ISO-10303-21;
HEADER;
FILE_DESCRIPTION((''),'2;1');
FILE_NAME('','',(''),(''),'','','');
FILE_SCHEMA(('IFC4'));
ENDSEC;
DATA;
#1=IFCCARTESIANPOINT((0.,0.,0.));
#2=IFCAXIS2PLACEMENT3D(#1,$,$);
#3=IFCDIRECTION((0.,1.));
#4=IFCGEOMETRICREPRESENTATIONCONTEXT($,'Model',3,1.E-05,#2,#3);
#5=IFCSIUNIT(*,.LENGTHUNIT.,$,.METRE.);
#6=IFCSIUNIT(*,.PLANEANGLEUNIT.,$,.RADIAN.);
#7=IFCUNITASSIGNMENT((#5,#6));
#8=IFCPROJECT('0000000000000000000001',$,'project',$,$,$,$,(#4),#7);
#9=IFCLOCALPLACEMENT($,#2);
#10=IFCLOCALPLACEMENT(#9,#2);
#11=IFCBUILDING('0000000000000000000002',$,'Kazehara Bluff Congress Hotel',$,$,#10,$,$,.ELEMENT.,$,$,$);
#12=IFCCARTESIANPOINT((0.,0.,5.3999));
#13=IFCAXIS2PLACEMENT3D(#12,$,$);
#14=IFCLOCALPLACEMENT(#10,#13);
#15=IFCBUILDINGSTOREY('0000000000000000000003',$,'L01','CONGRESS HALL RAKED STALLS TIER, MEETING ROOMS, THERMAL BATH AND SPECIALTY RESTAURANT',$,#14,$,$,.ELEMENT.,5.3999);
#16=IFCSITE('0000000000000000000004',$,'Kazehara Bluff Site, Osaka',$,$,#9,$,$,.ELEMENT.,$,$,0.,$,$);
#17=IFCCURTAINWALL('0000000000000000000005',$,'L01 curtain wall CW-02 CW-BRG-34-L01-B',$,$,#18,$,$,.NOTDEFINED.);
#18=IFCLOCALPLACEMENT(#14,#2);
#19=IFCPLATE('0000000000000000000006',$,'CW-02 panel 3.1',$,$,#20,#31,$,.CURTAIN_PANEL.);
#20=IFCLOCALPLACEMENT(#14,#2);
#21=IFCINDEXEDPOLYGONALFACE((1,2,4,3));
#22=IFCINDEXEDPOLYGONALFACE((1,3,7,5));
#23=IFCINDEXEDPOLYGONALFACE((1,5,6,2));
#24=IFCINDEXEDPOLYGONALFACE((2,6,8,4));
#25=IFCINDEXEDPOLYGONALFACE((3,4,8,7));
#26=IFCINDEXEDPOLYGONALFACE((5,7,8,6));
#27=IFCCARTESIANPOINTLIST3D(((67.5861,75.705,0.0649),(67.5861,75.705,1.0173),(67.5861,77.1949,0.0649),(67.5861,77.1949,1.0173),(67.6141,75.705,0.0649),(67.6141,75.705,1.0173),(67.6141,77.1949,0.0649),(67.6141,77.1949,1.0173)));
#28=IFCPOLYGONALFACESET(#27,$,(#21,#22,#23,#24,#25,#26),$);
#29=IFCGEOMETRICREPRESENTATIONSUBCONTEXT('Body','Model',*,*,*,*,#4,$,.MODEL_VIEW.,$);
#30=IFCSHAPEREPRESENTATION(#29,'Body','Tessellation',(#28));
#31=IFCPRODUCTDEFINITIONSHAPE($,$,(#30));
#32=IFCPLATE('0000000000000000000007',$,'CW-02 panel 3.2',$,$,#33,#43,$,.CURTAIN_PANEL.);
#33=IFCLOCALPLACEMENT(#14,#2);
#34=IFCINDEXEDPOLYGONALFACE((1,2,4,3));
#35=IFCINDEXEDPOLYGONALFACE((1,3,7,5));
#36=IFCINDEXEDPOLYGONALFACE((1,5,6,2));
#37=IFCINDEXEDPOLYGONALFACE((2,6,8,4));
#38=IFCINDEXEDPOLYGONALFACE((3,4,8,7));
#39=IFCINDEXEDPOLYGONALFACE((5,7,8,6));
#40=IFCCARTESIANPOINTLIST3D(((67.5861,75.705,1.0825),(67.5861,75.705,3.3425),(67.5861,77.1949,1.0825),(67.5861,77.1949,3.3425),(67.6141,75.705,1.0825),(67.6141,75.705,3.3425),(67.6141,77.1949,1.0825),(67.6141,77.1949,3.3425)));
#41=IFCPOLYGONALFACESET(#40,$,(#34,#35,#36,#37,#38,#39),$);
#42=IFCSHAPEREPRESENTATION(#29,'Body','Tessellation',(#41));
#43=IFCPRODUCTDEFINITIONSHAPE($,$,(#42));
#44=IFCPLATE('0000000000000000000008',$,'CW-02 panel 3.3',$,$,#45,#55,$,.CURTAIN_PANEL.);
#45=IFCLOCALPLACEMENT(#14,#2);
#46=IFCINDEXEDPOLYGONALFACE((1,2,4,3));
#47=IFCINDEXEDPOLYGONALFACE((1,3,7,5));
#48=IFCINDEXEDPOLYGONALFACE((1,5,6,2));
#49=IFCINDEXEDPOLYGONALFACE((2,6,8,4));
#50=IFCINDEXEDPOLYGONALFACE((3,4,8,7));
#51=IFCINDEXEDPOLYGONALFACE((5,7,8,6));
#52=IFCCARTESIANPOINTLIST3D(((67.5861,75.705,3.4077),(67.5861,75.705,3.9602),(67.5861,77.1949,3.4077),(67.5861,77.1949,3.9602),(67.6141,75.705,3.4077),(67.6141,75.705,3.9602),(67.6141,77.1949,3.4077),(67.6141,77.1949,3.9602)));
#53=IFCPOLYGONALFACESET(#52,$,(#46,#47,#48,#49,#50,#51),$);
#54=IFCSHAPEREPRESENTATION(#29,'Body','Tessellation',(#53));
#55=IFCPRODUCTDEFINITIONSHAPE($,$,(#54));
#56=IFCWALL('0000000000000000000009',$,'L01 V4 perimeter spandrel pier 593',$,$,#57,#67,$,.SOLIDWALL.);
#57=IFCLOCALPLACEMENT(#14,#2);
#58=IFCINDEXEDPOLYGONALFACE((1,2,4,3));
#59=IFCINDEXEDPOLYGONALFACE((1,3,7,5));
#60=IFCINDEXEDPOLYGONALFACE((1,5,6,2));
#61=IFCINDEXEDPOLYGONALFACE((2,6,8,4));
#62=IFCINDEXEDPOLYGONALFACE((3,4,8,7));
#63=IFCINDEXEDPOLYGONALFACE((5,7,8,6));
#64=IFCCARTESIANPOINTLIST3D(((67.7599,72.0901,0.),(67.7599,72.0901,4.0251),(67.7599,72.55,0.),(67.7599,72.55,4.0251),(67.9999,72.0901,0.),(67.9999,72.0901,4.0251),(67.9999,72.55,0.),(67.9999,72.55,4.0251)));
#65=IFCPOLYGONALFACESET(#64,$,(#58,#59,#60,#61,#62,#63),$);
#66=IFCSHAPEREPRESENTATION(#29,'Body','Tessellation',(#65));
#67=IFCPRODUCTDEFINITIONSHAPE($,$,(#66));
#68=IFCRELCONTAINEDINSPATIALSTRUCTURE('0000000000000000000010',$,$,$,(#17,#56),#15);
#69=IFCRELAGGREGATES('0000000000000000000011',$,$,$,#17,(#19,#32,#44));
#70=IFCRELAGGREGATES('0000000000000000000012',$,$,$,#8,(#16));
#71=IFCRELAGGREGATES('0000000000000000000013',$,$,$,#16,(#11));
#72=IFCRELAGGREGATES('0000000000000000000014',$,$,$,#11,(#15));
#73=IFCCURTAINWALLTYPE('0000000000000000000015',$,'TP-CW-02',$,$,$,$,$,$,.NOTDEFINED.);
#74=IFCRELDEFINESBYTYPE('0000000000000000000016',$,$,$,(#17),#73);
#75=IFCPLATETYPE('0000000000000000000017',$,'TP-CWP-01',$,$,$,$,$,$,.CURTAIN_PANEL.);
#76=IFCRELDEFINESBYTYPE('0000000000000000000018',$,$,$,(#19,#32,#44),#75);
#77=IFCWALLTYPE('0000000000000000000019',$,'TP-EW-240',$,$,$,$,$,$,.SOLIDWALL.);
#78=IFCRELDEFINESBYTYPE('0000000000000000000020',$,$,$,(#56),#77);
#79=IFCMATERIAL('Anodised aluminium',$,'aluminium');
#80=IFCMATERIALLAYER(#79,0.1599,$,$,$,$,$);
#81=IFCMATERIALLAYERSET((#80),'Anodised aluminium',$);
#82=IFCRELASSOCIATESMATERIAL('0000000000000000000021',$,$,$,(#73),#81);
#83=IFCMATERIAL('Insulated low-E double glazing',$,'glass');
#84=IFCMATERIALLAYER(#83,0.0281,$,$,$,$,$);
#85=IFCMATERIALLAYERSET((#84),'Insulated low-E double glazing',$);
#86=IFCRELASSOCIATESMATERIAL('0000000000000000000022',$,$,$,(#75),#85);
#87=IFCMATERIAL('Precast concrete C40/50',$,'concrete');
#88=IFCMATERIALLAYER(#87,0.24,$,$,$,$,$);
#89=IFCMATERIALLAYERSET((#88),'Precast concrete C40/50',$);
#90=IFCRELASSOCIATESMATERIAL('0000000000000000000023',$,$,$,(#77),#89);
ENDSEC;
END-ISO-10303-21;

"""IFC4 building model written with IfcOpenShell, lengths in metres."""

from ifc_helpers import new_model, si_unit, direction, frame, frame_2d, origin, origin_2d, place, context, subcontext, project, spatial, rectangle, extrude, material, layer, layer_set, type_object, element, aggregate, save


model = new_model("IFC4")

# Units and contexts
model_context = context("Model", 3, precision=1e-05, world=origin(), true_north=direction((0.0, 1.0)))
body_context = subcontext(model_context, "Body", "Model", "MODEL_VIEW")
ifc_project = project(units=[si_unit("LENGTHUNIT", "METRE"), si_unit("PLANEANGLEUNIT", "RADIAN")], contexts=[model_context])

# Site, building, storey
site_placement = place(None, origin())
site = spatial("IfcSite", under=ifc_project, at=site_placement, Name="Kazehara Bluff Site, Osaka", CompositionType="ELEMENT", RefElevation=0.0)
building_placement = place(site_placement, origin())
building = spatial("IfcBuilding", under=site, at=building_placement, Name="Kazehara Bluff Congress Hotel", CompositionType="ELEMENT")
storey_placement = place(building_placement, frame((0.0, 0.0, 5.3999)))
storey = spatial("IfcBuildingStorey", under=building, at=storey_placement, Name="L01", Description="CONGRESS HALL RAKED STALLS TIER, MEETING ROOMS, THERMAL BATH AND SPECIALTY RESTAURANT", CompositionType="ELEMENT", Elevation=5.3999)

# Curtain wall
ifc_material_1 = material(Name="Anodised aluminium", Category="aluminium")
ifc_layer_1 = layer(ifc_material_1, 0.1599)
ifc_layer_set_1 = layer_set([ifc_layer_1], Name="Anodised aluminium")
curtain_wall_type = type_object("IfcCurtainWallType", Name="TP-CW-02", PredefinedType="NOTDEFINED", material=ifc_layer_set_1)
curtain_wall_1_placement = place(storey_placement, origin())
curtain_wall_1 = element("IfcCurtainWall", 1, at=curtain_wall_1_placement, inside=storey, type_object=curtain_wall_type, Name="L01 curtain wall CW-02 CW-BRG-34-L01-B", PredefinedType="NOTDEFINED")

# Plates
ifc_material_2 = material(Name="Insulated low-E double glazing", Category="glass")
ifc_layer_2 = layer(ifc_material_2, 0.0281)
ifc_layer_set_2 = layer_set([ifc_layer_2], Name="Insulated low-E double glazing")
plate_type = type_object("IfcPlateType", Name="TP-CWP-01", PredefinedType="CURTAIN_PANEL", material=ifc_layer_set_2)
plate_1_placement = place(storey_placement, frame((67.6001, 76.45, 0.0649), z_axis=(0.0, 0.0, 1.0), x_axis=(0.0, 1.0, 0.0)))
plate_1 = element("IfcPlate", 2, at=plate_1_placement, type_object=plate_type, Name="CW-02 panel 3.1", PredefinedType="CURTAIN_PANEL", context=body_context, shape_type="SweptSolid", body=[
    extrude(rectangle(XDim=1.49, YDim=0.0281, at=origin_2d()), origin(), (0.0, 0.0, 1.0), 0.9524),
])
plate_2_placement = place(storey_placement, frame((67.6001, 76.45, 1.0825), z_axis=(0.0, 0.0, 1.0), x_axis=(0.0, 1.0, 0.0)))
plate_2 = element("IfcPlate", 3, at=plate_2_placement, type_object=plate_type, Name="CW-02 panel 3.2", PredefinedType="CURTAIN_PANEL", context=body_context, shape_type="SweptSolid", body=[
    extrude(rectangle(XDim=1.49, YDim=0.0281, at=origin_2d()), origin(), (0.0, 0.0, 1.0), 2.26),
])
plate_3_placement = place(storey_placement, frame((67.6001, 76.45, 3.4077), z_axis=(0.0, 0.0, 1.0), x_axis=(0.0, 1.0, 0.0)))
plate_3 = element("IfcPlate", 4, at=plate_3_placement, type_object=plate_type, Name="CW-02 panel 3.3", PredefinedType="CURTAIN_PANEL", context=body_context, shape_type="SweptSolid", body=[
    extrude(rectangle(XDim=1.49, YDim=0.0281, at=origin_2d()), origin(), (0.0, 0.0, 1.0), 0.5525),
])
aggregate(curtain_wall_1, [plate_1, plate_2, plate_3])

# Wall
ifc_material_3 = material(Name="Precast concrete C40/50", Category="concrete")
ifc_layer_3 = layer(ifc_material_3, 0.24)
ifc_layer_set_3 = layer_set([ifc_layer_3], Name="Precast concrete C40/50")
wall_type = type_object("IfcWallType", Name="TP-EW-240", PredefinedType="SOLIDWALL", material=ifc_layer_set_3)
wall_placement = place(storey_placement, frame((67.8799, 72.55, 0.0), z_axis=(0.0, 0.0, 1.0), x_axis=(0.0, -1.0, 0.0)))
element("IfcWall", 5, at=wall_placement, inside=storey, type_object=wall_type, Name="L01 V4 perimeter spandrel pier 593", PredefinedType="SOLIDWALL", context=body_context, shape_type="SweptSolid", body=[
    extrude(rectangle(XDim=0.46, YDim=0.24, at=frame_2d((0.23, 0.0))), origin(), (0.0, 0.0, 1.0), 4.0251),
])

save(model, "model.ifc")
